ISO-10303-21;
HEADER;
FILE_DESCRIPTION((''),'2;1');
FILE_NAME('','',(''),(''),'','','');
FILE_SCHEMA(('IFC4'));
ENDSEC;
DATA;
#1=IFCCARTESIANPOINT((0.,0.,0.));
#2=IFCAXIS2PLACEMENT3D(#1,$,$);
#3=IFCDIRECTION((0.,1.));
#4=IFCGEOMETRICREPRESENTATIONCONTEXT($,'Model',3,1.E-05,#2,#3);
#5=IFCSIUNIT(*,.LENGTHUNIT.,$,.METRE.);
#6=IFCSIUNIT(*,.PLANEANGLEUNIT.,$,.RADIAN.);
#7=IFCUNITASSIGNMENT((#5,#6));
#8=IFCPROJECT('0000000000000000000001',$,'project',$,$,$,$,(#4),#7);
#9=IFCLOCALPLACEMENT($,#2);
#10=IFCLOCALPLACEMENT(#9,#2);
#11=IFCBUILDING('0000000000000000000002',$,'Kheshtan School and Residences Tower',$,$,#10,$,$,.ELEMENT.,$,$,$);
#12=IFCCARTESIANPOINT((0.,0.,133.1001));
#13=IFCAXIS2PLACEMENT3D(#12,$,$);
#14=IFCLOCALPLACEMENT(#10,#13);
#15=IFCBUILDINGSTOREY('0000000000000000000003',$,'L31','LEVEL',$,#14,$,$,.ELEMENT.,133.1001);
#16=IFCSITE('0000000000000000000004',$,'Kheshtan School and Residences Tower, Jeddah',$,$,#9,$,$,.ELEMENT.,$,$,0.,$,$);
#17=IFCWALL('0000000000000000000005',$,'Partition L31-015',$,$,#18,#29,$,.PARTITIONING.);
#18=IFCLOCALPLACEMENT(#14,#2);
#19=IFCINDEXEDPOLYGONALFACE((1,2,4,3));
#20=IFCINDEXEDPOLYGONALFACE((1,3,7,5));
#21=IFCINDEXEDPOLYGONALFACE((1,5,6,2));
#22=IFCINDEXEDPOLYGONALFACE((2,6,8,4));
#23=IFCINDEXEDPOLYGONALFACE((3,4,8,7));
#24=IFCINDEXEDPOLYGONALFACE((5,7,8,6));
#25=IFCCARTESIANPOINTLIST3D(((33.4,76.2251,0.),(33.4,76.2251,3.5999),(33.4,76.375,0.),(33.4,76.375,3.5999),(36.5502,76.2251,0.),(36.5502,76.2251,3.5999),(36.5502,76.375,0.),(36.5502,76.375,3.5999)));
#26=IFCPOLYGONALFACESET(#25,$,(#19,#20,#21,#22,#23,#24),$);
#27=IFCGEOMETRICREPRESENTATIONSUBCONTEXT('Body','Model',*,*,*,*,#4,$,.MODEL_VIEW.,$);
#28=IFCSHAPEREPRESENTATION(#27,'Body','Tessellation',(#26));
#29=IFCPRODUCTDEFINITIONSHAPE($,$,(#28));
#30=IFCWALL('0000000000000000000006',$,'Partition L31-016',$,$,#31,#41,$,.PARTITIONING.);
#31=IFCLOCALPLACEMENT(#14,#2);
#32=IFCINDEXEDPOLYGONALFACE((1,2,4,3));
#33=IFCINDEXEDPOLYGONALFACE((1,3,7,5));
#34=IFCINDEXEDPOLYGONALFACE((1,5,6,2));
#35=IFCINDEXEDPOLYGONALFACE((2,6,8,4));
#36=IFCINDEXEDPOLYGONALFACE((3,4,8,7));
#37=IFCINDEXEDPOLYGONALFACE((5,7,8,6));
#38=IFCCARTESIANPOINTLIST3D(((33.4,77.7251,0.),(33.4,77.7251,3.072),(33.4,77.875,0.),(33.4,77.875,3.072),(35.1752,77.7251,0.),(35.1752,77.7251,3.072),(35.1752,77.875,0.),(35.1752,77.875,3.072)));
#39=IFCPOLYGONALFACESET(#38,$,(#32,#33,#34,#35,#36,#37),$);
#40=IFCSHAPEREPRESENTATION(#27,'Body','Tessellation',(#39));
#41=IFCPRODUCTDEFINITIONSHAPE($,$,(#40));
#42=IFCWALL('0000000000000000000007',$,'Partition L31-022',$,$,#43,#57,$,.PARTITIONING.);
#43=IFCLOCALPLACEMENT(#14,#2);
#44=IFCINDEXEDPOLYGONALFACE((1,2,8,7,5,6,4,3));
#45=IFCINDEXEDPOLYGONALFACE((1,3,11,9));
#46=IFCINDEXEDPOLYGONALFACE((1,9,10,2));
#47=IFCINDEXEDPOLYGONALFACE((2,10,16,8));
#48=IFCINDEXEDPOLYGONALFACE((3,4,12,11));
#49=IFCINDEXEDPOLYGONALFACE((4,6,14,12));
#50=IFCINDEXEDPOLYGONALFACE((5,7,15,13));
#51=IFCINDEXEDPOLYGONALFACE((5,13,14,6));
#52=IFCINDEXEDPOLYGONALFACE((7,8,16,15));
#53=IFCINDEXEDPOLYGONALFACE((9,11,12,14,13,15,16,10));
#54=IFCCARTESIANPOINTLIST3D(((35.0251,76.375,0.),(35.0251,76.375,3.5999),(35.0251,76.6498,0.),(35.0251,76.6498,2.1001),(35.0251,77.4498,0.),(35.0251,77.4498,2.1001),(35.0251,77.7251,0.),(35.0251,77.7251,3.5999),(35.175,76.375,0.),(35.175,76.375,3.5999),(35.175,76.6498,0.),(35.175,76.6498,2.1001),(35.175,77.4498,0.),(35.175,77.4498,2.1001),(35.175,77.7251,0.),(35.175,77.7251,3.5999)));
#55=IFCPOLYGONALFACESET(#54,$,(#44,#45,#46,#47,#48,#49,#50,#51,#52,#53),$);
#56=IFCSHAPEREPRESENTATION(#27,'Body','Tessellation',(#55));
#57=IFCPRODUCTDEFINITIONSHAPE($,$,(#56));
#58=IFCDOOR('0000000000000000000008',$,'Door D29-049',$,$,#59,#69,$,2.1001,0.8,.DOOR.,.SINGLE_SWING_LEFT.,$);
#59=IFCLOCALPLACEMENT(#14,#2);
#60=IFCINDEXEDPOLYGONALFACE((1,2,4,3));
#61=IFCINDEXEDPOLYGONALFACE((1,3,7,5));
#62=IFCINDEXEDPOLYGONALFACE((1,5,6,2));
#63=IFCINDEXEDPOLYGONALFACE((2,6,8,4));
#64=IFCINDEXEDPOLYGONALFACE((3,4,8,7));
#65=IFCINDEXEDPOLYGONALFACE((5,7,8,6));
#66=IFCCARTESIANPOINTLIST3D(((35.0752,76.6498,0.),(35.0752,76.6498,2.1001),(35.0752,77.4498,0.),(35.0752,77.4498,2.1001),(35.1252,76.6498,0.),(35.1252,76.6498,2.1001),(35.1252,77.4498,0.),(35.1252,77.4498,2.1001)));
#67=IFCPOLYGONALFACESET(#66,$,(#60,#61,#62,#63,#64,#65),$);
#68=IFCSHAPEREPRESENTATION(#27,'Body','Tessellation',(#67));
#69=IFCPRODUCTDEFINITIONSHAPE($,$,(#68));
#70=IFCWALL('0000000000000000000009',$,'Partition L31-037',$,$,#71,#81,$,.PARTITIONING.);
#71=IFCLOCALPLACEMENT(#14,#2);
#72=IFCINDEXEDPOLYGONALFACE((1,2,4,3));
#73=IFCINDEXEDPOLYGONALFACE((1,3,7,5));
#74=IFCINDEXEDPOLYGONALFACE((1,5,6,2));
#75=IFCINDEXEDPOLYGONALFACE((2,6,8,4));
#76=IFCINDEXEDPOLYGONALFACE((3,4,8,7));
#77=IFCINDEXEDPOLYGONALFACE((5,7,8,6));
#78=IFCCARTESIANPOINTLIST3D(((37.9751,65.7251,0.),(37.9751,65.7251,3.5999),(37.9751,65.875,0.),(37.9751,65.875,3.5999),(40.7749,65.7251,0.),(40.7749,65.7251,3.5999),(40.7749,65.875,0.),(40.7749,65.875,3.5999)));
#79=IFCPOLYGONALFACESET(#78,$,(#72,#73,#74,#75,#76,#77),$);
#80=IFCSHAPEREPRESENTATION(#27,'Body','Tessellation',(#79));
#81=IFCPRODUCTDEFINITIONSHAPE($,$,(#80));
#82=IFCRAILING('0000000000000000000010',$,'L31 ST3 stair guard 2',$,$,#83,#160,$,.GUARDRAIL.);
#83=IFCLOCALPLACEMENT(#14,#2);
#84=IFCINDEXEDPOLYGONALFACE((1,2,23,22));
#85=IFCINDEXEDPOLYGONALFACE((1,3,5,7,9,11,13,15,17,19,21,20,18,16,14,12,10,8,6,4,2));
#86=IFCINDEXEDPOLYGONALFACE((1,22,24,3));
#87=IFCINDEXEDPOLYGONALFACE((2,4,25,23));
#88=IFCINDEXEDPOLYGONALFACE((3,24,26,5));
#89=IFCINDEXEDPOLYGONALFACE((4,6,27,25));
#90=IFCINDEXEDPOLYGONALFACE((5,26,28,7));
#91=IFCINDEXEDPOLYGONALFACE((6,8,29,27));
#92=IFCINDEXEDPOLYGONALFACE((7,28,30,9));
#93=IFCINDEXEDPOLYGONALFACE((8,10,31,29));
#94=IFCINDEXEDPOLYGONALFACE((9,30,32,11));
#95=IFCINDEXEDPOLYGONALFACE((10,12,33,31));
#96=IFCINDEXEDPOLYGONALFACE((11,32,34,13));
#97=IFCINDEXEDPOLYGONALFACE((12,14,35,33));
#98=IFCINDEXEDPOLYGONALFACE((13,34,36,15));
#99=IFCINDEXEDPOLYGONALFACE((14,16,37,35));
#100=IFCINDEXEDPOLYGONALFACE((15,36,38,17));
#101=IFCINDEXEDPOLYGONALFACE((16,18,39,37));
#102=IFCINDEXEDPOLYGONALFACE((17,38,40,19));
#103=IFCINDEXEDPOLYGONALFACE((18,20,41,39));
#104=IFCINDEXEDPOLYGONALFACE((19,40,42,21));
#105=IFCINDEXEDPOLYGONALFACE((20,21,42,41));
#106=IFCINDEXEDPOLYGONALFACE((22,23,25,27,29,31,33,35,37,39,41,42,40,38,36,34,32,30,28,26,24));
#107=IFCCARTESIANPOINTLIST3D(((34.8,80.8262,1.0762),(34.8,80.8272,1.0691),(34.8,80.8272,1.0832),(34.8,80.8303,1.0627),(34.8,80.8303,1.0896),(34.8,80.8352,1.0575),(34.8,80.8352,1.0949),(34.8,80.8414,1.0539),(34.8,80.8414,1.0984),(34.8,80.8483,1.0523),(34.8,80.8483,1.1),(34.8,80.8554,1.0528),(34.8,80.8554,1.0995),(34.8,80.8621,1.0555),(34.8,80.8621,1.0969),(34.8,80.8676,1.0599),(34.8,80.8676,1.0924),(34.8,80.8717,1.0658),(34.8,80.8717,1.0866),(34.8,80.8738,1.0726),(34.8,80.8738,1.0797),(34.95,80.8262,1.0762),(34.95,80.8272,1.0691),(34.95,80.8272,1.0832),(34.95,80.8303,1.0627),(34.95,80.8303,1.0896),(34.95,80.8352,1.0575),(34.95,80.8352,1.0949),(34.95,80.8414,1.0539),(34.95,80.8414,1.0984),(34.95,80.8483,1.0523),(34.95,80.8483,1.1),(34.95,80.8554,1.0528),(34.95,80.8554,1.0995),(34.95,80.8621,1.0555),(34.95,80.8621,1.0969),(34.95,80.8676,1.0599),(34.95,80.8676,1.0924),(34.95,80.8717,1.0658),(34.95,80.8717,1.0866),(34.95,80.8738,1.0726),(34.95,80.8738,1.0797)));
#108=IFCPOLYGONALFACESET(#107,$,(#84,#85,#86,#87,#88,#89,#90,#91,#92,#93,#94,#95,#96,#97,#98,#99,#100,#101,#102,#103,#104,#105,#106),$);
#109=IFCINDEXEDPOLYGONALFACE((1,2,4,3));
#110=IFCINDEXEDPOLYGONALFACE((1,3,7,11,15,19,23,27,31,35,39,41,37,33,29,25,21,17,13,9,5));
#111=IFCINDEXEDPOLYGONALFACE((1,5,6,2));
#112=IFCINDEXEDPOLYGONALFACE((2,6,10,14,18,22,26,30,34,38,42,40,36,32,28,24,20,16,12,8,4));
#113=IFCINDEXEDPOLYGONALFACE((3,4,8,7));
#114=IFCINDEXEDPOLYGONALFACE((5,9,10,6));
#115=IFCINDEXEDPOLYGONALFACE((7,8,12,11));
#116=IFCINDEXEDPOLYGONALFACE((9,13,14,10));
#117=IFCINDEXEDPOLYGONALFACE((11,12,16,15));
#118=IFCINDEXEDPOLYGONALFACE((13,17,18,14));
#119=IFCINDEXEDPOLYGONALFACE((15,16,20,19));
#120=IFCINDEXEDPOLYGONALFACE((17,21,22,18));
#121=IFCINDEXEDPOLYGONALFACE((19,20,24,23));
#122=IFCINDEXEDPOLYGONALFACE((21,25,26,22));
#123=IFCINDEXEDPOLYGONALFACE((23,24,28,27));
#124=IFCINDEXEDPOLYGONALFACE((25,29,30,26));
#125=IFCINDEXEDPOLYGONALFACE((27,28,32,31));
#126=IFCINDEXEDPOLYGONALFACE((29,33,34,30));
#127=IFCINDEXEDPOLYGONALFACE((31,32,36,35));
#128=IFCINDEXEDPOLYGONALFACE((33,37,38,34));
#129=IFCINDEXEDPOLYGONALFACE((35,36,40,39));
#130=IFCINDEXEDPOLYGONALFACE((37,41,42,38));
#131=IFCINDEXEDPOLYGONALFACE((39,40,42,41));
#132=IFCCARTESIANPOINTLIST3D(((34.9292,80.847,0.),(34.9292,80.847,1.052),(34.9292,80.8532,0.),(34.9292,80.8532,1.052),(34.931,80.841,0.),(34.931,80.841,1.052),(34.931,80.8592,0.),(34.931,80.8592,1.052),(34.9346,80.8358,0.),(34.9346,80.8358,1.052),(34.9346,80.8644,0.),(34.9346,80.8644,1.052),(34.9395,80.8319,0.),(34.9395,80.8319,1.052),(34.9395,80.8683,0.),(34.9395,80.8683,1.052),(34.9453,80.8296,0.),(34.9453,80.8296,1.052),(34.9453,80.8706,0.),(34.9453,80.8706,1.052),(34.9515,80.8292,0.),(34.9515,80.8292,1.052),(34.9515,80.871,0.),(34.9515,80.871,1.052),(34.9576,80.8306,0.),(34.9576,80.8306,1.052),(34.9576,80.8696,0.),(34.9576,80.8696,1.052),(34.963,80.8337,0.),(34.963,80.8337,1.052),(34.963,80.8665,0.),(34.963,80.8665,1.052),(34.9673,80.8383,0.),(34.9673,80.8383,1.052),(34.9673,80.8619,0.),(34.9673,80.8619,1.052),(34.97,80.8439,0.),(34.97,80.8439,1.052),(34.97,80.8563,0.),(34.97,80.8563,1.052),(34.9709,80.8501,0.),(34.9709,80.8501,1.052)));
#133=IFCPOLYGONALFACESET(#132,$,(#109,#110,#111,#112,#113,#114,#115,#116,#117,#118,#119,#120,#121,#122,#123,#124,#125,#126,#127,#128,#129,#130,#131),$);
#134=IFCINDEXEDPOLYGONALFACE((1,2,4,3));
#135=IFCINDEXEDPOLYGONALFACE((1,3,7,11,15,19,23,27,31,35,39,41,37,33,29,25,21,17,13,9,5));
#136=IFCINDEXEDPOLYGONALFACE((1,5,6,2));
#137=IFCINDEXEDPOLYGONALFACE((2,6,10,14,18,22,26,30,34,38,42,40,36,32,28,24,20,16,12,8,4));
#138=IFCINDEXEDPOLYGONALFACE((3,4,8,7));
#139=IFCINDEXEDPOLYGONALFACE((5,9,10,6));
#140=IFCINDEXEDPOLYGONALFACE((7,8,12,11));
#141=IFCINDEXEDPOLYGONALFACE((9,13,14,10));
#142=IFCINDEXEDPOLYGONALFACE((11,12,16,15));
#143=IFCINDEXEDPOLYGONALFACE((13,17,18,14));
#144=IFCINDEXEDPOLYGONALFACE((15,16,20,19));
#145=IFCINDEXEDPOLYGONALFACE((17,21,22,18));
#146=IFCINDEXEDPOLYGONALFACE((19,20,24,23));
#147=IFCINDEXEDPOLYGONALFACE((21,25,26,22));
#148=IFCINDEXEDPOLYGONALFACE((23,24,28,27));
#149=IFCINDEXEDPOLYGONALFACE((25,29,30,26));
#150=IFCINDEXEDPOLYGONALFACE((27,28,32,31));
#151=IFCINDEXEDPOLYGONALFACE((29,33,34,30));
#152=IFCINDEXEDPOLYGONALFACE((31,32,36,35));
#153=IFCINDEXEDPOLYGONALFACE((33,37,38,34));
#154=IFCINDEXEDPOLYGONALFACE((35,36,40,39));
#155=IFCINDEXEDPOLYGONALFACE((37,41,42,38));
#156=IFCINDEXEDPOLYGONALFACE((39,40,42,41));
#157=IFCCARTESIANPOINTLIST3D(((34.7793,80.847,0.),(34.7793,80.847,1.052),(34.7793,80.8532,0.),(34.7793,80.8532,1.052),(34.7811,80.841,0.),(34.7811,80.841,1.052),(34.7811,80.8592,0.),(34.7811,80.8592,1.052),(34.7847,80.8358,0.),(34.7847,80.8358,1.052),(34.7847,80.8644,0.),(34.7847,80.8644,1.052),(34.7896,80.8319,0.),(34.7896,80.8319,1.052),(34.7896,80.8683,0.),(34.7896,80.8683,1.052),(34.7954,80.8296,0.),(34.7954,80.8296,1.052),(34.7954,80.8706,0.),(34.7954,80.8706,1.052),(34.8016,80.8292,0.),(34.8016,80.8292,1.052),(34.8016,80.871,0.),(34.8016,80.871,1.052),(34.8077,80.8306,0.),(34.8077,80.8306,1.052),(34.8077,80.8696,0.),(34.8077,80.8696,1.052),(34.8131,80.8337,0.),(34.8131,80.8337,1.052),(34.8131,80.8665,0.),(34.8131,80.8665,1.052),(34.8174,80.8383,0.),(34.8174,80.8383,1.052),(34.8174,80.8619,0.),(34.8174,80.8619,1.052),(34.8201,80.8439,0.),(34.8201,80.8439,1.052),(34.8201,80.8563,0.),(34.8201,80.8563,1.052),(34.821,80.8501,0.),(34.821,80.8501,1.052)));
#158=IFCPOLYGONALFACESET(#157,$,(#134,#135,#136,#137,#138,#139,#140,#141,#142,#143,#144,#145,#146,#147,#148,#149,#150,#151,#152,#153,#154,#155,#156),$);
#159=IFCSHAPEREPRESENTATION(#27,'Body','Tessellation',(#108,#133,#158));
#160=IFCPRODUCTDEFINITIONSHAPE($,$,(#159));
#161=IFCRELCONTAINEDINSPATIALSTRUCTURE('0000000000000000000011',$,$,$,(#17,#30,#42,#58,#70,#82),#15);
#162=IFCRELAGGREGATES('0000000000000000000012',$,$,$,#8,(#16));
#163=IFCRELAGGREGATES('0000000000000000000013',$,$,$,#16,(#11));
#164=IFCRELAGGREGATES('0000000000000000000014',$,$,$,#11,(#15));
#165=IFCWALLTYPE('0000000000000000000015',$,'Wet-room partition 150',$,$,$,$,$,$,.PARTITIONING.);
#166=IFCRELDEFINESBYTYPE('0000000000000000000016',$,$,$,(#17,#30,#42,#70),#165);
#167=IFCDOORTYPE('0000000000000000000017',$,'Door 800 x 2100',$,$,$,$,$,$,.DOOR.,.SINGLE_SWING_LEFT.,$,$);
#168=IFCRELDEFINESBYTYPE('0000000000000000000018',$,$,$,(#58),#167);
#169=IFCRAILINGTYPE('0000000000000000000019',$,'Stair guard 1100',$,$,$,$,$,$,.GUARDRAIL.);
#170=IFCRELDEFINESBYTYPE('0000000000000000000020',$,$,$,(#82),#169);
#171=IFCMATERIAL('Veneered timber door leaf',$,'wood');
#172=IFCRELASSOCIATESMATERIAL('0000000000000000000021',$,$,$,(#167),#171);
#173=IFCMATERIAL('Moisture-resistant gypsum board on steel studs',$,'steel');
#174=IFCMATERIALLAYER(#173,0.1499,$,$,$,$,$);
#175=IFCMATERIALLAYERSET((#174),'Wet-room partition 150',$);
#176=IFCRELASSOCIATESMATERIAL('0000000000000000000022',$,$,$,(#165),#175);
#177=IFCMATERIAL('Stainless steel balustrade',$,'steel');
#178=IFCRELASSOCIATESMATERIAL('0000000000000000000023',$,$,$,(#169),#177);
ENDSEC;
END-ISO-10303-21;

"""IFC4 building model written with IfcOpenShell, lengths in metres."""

from ifc_helpers import new_model, si_unit, direction, frame, frame_2d, origin, origin_2d, place, context, subcontext, project, spatial, rectangle, circle, extrude, source, transform, mapped, material, layer, layer_set, type_object, element, fill, save


model = new_model("IFC4")

# Units and contexts
model_context = context("Model", 3, precision=1e-05, world=origin(), true_north=direction((0.0, 1.0)))
body_context = subcontext(model_context, "Body", "Model", "MODEL_VIEW")
ifc_project = project(units=[si_unit("LENGTHUNIT", "METRE"), si_unit("PLANEANGLEUNIT", "RADIAN")], contexts=[model_context])

# Site, building, storey
site_placement = place(None, origin())
site = spatial("IfcSite", under=ifc_project, at=site_placement, Name="Kheshtan School and Residences Tower, Jeddah", CompositionType="ELEMENT", RefElevation=0.0)
building_placement = place(site_placement, origin())
building = spatial("IfcBuilding", under=site, at=building_placement, Name="Kheshtan School and Residences Tower", CompositionType="ELEMENT")
storey_placement = place(building_placement, frame((0.0, 0.0, 133.1001)))
storey = spatial("IfcBuildingStorey", under=building, at=storey_placement, Name="L31", Description="LEVEL", CompositionType="ELEMENT", Elevation=133.1001)

# Shared definitions
ifc_material_1 = material(Name="Veneered timber door leaf", Category="wood")
door_type_1 = type_object("IfcDoorType", Name="Door 800 x 2100", OperationType="SINGLE_SWING_LEFT", PredefinedType="DOOR", material=ifc_material_1)
shared_shape_1 = source(origin(), body_context, "Body", "SweptSolid", [
    extrude(rectangle(XDim=0.8, YDim=2.1001, at=frame_2d((0.3999, 1.05))), frame((0.0, 0.0249, 0.0), z_axis=(0.0, -1.0, 0.0), x_axis=(1.0, 0.0, 0.0)), (0.0, 0.0, 1.0), 0.05),
])

# Walls
ifc_material_2 = material(Name="Moisture-resistant gypsum board on steel studs", Category="steel")
ifc_layer_1 = layer(ifc_material_2, 0.1499)
ifc_layer_set_1 = layer_set([ifc_layer_1], Name="Wet-room partition 150")
wall_type_1 = type_object("IfcWallType", Name="Wet-room partition 150", PredefinedType="PARTITIONING", material=ifc_layer_set_1)
wall_1_placement = place(storey_placement, frame((33.3999, 76.3, 0.0), z_axis=(0.0, 0.0, 1.0), x_axis=(1.0, 0.0, 0.0)))
element("IfcWall", 1, at=wall_1_placement, inside=storey, type_object=wall_type_1, Name="Partition L31-015", PredefinedType="PARTITIONING", context=body_context, shape_type="SweptSolid", body=[
    extrude(rectangle(XDim=3.1501, YDim=0.1499, at=frame_2d((1.5752, 0.0))), origin(), (0.0, 0.0, 1.0), 3.5999),
])
wall_2_placement = place(storey_placement, frame((33.3999, 77.8, 0.0), z_axis=(0.0, 0.0, 1.0), x_axis=(1.0, 0.0, 0.0)))
element("IfcWall", 2, at=wall_2_placement, inside=storey, type_object=wall_type_1, Name="Partition L31-016", PredefinedType="PARTITIONING", context=body_context, shape_type="SweptSolid", body=[
    extrude(rectangle(XDim=1.7751, YDim=0.1499, at=frame_2d((0.8877, 0.0))), origin(), (0.0, 0.0, 1.0), 3.072),
])

# Wall, opening, door
wall_3_placement = place(storey_placement, frame((35.1001, 76.375, 0.0), z_axis=(0.0, 0.0, 1.0), x_axis=(0.0, 1.0, 0.0)))
wall_3 = element("IfcWall", 3, at=wall_3_placement, inside=storey, type_object=wall_type_1, Name="Partition L31-022", PredefinedType="PARTITIONING", context=body_context, shape_type="SweptSolid", body=[
    extrude(rectangle(XDim=1.3501, YDim=0.1499, at=frame_2d((0.675, 0.0))), origin(), (0.0, 0.0, 1.0), 3.5999),
])
opening_1_placement = place(wall_3_placement, frame((0.2749, 0.0, 0.0)))
opening_1 = element("IfcOpeningElement", 4, at=opening_1_placement, cuts=wall_3, PredefinedType="OPENING", context=body_context, shape_type="SweptSolid", body=[
    extrude(rectangle(XDim=0.8, YDim=2.1001, at=frame_2d((0.3999, 1.05))), frame((0.0, 0.085, 0.0), z_axis=(0.0, -1.0, 0.0), x_axis=(1.0, 0.0, 0.0)), (0.0, 0.0, 1.0), 0.1699),
])
door_1_placement = place(opening_1_placement, origin())
door_1 = element("IfcDoor", 5, at=door_1_placement, inside=storey, type_object=door_type_1, Name="Door D29-049", OperationType="SINGLE_SWING_LEFT", OverallHeight=2.1001, OverallWidth=0.8, PredefinedType="DOOR", context=body_context, shape_type="MappedRepresentation", body=[
    mapped(shared_shape_1, transform((0.0, 0.0, 0.0), x_axis=(1.0, 0.0, 0.0), y_axis=(0.0, 1.0, 0.0), z_axis=(0.0, 0.0, 1.0), scale=1.0)),
])
fill(opening_1, door_1)

# Wall
wall_4_placement = place(storey_placement, frame((37.9751, 65.8, 0.0), z_axis=(0.0, 0.0, 1.0), x_axis=(1.0, 0.0, 0.0)))
element("IfcWall", 6, at=wall_4_placement, inside=storey, type_object=wall_type_1, Name="Partition L31-037", PredefinedType="PARTITIONING", context=body_context, shape_type="SweptSolid", body=[
    extrude(rectangle(XDim=2.7998, YDim=0.1499, at=frame_2d((1.3999, 0.0))), origin(), (0.0, 0.0, 1.0), 3.5999),
])

# Railing
ifc_material_3 = material(Name="Stainless steel balustrade", Category="steel")
railing_type = type_object("IfcRailingType", Name="Stair guard 1100", PredefinedType="GUARDRAIL", material=ifc_material_3)
railing_1_placement = place(storey_placement, frame((34.95, 80.8501, 0.0)))
element("IfcRailing", 7, at=railing_1_placement, inside=storey, type_object=railing_type, Name="L31 ST3 stair guard 2", PredefinedType="GUARDRAIL", context=body_context, shape_type="SweptSolid", body=[
    extrude(circle(Radius=0.0239, at=origin_2d()), frame((0.0, 0.0, 1.0762), z_axis=(-1.0, 0.0, 0.0), x_axis=(0.0, -1.0, 0.0)), (0.0, 0.0, 1.0), 0.1499),
    extrude(circle(Radius=0.021, at=origin_2d()), origin(), (0.0, 0.0, 1.0), 1.052),
    extrude(circle(Radius=0.021, at=origin_2d()), frame((-0.1499, 0.0, 0.0)), (0.0, 0.0, 1.0), 1.052),
])

save(model, "model.ifc")
